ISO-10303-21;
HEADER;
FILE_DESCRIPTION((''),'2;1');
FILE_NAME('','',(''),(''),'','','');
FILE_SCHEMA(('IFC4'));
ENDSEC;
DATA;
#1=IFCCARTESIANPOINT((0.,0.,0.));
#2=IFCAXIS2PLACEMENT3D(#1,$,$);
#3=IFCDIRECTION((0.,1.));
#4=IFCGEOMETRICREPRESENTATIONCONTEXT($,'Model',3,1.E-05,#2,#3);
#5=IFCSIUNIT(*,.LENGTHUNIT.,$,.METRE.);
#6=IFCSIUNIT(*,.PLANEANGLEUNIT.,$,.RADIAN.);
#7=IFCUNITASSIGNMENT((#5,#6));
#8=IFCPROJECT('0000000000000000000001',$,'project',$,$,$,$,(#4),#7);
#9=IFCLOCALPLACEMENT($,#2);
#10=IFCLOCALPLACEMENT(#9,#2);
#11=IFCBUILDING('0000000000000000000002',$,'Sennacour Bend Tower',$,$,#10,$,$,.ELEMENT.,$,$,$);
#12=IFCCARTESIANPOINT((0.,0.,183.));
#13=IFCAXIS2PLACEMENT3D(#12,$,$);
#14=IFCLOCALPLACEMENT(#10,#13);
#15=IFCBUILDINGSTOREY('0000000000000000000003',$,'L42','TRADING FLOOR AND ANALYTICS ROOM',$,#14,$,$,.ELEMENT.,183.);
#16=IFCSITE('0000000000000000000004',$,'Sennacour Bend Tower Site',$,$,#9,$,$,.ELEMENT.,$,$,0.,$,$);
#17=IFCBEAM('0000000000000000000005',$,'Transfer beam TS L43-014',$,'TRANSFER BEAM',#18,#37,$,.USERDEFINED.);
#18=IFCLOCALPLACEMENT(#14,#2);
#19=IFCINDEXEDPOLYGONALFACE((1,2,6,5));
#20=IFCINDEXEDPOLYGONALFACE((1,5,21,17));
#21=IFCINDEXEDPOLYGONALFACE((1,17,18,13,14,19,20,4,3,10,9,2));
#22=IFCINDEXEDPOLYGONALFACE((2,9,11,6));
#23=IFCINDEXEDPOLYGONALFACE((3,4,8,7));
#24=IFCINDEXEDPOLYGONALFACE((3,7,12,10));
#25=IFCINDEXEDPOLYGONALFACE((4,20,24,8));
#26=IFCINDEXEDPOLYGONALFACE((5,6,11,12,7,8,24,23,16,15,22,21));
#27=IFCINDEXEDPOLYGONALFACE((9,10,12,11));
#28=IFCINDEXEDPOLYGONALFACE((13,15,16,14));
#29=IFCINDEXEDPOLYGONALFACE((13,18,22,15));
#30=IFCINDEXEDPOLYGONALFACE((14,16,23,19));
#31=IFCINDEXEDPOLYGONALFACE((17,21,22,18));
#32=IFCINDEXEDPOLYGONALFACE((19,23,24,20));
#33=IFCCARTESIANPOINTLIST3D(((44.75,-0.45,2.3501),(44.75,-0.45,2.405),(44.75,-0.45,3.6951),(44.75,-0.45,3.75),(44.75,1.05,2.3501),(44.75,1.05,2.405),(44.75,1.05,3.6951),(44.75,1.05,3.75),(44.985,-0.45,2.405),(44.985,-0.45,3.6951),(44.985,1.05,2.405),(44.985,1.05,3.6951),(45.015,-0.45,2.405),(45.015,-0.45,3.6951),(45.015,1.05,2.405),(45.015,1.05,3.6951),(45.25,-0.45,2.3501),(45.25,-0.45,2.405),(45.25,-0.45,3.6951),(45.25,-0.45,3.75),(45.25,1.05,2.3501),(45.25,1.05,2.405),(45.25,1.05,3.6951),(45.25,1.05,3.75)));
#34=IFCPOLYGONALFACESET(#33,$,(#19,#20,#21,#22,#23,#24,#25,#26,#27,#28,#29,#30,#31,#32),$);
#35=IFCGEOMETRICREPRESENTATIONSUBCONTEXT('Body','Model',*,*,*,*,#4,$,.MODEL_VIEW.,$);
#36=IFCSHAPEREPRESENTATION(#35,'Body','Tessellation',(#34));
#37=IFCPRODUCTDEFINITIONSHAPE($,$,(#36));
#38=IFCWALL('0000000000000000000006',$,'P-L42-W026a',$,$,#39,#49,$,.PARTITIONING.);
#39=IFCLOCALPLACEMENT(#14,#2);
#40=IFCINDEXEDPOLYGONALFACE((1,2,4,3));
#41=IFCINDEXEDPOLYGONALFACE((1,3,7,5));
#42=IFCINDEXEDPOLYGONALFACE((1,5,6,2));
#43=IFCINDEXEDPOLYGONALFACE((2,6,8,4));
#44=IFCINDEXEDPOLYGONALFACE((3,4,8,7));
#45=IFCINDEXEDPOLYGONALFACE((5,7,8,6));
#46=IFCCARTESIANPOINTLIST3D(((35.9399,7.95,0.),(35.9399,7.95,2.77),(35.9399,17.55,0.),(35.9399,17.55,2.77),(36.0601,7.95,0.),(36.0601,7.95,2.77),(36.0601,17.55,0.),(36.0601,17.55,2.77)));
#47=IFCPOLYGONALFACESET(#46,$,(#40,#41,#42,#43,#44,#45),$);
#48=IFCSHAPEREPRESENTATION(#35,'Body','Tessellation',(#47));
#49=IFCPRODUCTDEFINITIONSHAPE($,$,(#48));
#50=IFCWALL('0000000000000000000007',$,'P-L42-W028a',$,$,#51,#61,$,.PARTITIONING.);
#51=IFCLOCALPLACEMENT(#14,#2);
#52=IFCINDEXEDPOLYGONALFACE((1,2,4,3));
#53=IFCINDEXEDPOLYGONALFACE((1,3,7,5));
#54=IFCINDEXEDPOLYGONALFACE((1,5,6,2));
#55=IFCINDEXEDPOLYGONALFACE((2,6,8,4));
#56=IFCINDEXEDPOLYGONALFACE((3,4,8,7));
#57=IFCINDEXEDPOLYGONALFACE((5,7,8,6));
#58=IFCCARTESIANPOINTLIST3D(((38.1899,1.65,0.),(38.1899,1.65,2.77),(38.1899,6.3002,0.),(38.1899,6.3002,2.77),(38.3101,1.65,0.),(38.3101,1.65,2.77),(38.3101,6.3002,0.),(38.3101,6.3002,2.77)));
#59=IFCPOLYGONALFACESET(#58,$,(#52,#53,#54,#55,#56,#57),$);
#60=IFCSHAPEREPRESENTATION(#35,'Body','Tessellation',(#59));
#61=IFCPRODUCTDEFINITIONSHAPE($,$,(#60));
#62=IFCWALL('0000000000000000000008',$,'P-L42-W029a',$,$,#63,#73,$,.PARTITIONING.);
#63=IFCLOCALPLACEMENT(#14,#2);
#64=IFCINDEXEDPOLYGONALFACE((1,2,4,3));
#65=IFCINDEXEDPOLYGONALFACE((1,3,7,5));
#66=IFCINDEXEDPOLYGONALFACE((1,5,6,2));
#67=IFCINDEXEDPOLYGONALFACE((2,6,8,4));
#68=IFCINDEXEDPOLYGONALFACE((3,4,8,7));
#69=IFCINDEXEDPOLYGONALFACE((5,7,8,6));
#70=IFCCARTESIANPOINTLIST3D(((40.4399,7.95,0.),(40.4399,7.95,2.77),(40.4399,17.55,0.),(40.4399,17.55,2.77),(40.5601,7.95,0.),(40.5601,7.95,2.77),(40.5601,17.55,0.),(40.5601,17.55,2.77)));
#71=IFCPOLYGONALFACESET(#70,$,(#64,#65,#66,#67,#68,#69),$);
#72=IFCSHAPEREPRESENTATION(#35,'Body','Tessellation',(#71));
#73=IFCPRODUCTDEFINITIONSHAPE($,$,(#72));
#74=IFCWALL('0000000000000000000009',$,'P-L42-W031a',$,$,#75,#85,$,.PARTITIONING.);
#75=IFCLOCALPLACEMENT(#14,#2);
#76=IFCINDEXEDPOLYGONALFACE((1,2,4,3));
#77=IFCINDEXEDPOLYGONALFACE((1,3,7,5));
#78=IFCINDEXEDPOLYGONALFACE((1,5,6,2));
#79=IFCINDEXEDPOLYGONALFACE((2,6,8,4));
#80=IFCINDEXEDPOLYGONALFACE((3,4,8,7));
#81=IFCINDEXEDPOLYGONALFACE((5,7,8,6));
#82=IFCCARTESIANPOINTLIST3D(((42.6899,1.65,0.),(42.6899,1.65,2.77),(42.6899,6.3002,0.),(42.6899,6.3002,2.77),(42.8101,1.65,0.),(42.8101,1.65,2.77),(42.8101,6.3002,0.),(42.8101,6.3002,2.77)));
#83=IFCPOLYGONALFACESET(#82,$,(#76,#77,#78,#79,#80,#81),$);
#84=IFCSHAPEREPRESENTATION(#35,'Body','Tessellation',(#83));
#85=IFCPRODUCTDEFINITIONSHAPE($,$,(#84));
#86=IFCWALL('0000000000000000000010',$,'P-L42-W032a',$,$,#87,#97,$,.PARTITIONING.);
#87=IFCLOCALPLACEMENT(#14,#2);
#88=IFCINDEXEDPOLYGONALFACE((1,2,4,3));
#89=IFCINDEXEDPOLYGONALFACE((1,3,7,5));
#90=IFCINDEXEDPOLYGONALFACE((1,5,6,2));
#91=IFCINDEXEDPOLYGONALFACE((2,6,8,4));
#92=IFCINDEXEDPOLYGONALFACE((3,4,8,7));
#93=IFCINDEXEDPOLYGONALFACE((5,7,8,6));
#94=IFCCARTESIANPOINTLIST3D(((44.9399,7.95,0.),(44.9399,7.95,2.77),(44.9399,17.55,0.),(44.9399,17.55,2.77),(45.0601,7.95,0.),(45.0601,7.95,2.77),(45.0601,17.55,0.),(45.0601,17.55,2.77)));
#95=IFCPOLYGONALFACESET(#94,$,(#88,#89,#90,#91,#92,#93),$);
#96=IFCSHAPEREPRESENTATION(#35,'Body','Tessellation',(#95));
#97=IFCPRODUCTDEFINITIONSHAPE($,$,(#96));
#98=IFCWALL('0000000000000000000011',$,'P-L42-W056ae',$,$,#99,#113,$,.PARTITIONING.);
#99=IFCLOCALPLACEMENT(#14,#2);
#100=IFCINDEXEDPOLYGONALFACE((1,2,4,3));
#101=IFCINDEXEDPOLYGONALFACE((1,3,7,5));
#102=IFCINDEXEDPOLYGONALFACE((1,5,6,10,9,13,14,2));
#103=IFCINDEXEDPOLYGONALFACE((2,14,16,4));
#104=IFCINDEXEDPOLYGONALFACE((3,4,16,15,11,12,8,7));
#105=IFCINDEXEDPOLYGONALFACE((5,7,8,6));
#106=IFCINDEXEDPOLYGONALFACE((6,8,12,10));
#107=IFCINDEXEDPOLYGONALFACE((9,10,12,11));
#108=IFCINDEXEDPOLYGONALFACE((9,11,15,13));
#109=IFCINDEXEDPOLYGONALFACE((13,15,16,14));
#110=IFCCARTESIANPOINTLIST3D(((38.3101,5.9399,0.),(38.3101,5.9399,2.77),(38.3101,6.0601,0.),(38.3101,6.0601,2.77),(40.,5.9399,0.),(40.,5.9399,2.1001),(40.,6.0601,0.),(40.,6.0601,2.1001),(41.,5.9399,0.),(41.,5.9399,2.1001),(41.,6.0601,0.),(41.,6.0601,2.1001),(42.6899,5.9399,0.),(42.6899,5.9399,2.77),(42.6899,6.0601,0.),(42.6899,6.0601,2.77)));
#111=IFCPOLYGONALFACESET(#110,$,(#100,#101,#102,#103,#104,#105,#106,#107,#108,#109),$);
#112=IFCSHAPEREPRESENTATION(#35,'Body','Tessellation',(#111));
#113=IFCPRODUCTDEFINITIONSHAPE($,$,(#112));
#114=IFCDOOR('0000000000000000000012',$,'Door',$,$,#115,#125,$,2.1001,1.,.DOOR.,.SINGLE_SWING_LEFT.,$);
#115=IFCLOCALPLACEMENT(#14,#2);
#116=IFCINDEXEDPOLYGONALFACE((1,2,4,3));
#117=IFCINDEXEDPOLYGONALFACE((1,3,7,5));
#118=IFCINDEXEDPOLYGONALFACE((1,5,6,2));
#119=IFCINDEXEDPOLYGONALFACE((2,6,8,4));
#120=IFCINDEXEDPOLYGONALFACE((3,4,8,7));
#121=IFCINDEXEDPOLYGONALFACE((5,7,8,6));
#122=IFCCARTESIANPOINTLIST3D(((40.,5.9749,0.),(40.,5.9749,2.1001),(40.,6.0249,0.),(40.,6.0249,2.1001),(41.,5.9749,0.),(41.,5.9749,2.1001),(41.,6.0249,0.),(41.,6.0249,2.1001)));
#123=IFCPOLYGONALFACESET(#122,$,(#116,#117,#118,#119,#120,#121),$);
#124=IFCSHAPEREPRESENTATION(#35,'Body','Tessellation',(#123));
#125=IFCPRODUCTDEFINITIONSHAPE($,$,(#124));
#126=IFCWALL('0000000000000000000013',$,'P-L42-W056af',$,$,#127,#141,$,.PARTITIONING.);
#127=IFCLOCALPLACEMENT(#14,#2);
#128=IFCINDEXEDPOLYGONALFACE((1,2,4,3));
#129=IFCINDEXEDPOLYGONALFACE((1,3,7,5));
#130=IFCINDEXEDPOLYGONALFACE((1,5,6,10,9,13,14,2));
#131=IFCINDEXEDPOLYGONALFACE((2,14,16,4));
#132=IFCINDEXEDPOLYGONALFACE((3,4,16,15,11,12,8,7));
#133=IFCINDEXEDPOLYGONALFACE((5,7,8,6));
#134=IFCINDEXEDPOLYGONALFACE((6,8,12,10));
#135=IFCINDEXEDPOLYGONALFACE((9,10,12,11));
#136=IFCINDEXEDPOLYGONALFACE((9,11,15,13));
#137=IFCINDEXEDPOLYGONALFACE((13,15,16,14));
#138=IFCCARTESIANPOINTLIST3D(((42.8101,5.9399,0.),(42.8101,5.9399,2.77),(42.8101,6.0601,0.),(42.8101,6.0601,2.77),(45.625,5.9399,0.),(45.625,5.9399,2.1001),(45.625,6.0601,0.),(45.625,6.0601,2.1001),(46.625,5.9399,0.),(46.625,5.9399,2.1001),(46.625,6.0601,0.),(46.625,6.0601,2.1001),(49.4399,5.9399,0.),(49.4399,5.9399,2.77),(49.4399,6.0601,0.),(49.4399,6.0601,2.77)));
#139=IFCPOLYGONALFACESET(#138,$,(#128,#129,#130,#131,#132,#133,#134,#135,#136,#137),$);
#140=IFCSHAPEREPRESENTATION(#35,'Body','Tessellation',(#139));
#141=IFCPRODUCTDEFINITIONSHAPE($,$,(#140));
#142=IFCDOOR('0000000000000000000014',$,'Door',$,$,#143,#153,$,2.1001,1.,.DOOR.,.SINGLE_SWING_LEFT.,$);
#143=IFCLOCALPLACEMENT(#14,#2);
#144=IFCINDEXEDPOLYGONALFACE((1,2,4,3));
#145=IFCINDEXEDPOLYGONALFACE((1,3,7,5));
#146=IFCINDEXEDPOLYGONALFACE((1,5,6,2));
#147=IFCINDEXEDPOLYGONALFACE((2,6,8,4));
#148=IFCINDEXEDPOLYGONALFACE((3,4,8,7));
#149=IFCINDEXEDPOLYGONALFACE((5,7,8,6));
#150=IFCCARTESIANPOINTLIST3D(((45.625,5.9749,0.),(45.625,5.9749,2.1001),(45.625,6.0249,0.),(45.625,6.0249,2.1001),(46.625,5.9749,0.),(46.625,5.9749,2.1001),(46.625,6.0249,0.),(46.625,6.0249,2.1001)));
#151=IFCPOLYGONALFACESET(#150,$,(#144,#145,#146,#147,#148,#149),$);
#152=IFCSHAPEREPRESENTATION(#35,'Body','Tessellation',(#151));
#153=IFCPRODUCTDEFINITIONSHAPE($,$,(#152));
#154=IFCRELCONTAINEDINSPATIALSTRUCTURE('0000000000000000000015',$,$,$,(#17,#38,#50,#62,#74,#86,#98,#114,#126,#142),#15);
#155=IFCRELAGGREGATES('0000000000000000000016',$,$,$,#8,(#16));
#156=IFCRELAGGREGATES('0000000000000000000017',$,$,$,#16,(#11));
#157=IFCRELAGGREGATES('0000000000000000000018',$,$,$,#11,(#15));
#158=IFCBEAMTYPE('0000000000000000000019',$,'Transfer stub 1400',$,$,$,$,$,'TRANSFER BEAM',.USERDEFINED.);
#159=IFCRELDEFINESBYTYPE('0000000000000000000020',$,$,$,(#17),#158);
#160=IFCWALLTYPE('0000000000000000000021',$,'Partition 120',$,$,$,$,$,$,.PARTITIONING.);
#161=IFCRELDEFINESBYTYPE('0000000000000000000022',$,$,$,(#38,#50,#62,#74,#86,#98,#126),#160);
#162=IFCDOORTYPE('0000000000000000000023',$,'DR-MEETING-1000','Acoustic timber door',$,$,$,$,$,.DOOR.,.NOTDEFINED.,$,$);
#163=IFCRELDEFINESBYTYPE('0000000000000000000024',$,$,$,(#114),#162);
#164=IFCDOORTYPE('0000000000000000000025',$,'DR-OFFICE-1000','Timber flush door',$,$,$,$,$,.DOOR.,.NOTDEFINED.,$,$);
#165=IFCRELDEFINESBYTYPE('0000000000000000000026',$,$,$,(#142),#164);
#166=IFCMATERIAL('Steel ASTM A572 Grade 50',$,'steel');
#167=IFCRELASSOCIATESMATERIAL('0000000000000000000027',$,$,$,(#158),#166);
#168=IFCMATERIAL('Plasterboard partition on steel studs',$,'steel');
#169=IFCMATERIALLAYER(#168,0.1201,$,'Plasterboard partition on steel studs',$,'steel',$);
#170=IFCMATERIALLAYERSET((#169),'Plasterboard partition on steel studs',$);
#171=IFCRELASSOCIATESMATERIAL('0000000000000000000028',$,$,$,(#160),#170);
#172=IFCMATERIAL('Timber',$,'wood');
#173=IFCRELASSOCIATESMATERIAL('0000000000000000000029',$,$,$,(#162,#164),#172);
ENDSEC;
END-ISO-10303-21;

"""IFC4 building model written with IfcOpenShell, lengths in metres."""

from ifc_helpers import new_model, si_unit, direction, frame, frame_2d, origin, origin_2d, place, context, subcontext, project, spatial, rectangle, i_section, extrude, material, layer, layer_set, material_profile, profile_set, type_object, element, fill, save


model = new_model("IFC4")

# Units and contexts
model_context = context("Model", 3, precision=1e-05, world=origin(), true_north=direction((0.0, 1.0)))
body_context = subcontext(model_context, "Body", "Model", "MODEL_VIEW")
ifc_project = project(units=[si_unit("LENGTHUNIT", "METRE"), si_unit("PLANEANGLEUNIT", "RADIAN")], contexts=[model_context])

# Site, building, storey
site_placement = place(None, origin())
site = spatial("IfcSite", under=ifc_project, at=site_placement, Name="Sennacour Bend Tower Site", CompositionType="ELEMENT", RefElevation=0.0)
building_placement = place(site_placement, origin())
building = spatial("IfcBuilding", under=site, at=building_placement, Name="Sennacour Bend Tower", CompositionType="ELEMENT")
storey_placement = place(building_placement, frame((0.0, 0.0, 183.0)))
storey = spatial("IfcBuildingStorey", under=building, at=storey_placement, Name="L42", Description="TRADING FLOOR AND ANALYTICS ROOM", CompositionType="ELEMENT", Elevation=183.0)

# Shared definitions
ifc_material_1 = material(Name="Steel ASTM A572 Grade 50", Category="steel")

# Beam
ifc_material_profile_1 = material_profile(ifc_material_1, i_section(OverallWidth=0.5, OverallDepth=1.3999, WebThickness=0.03, FlangeThickness=0.0549, at=origin_2d()), Name="Steel ASTM A572 Grade 50", Category="steel")
ifc_profile_set_1 = profile_set([ifc_material_profile_1], Name="Steel ASTM A572 Grade 50")
beam_type_1 = type_object("IfcBeamType", Name="Transfer stub 1400", ElementType="TRANSFER BEAM", PredefinedType="USERDEFINED", material=ifc_profile_set_1)
for number, where, z_axis, x_axis, name in (
    (1, (45.0, 1.05, 3.05), (0.0, -1.0, 0.0), (1.0, 0.0, 0.0), "Transfer beam TS L43-014"),
):
    element("IfcBeam", number, at=place(storey_placement, frame(where, z_axis=z_axis, x_axis=x_axis)), inside=storey, type_object=beam_type_1, Name=name, ObjectType="TRANSFER BEAM", PredefinedType="USERDEFINED", context=body_context, shape_type="SweptSolid", body=[
        extrude(i_section(OverallWidth=0.5, OverallDepth=1.3999, WebThickness=0.03, FlangeThickness=0.0549, at=origin_2d()), origin(), (0.0, 0.0, 1.0), 1.5),
    ])

# Walls
ifc_material_2 = material(Name="Plasterboard partition on steel studs", Category="steel")
ifc_layer_1 = layer(ifc_material_2, 0.1201, Name="Plasterboard partition on steel studs", Category="steel")
ifc_layer_set_1 = layer_set([ifc_layer_1], Name="Plasterboard partition on steel studs")
wall_type_1 = type_object("IfcWallType", Name="Partition 120", PredefinedType="PARTITIONING", material=ifc_layer_set_1)
wall_1_placement = place(storey_placement, frame((36.0, 7.95, 0.0), z_axis=(0.0, 0.0, 1.0), x_axis=(0.0, 1.0, 0.0)))
element("IfcWall", 2, at=wall_1_placement, inside=storey, type_object=wall_type_1, Name="P-L42-W026a", PredefinedType="PARTITIONING", context=body_context, shape_type="SweptSolid", body=[
    extrude(rectangle(XDim=9.6001, YDim=0.1201, at=frame_2d((4.8, 0.0))), origin(), (0.0, 0.0, 1.0), 2.77),
])
wall_2_placement = place(storey_placement, frame((38.25, 1.6499, 0.0), z_axis=(0.0, 0.0, 1.0), x_axis=(0.0, 1.0, 0.0)))
element("IfcWall", 3, at=wall_2_placement, inside=storey, type_object=wall_type_1, Name="P-L42-W028a", PredefinedType="PARTITIONING", context=body_context, shape_type="SweptSolid", body=[
    extrude(rectangle(XDim=4.6501, YDim=0.1201, at=frame_2d((2.3252, 0.0))), origin(), (0.0, 0.0, 1.0), 2.77),
])
wall_3_placement = place(storey_placement, frame((40.5, 7.95, 0.0), z_axis=(0.0, 0.0, 1.0), x_axis=(0.0, 1.0, 0.0)))
element("IfcWall", 4, at=wall_3_placement, inside=storey, type_object=wall_type_1, Name="P-L42-W029a", PredefinedType="PARTITIONING", context=body_context, shape_type="SweptSolid", body=[
    extrude(rectangle(XDim=9.6001, YDim=0.1201, at=frame_2d((4.8, 0.0))), origin(), (0.0, 0.0, 1.0), 2.77),
])
wall_4_placement = place(storey_placement, frame((42.75, 1.6499, 0.0), z_axis=(0.0, 0.0, 1.0), x_axis=(0.0, 1.0, 0.0)))
element("IfcWall", 5, at=wall_4_placement, inside=storey, type_object=wall_type_1, Name="P-L42-W031a", PredefinedType="PARTITIONING", context=body_context, shape_type="SweptSolid", body=[
    extrude(rectangle(XDim=4.6501, YDim=0.1201, at=frame_2d((2.3252, 0.0))), origin(), (0.0, 0.0, 1.0), 2.77),
])
wall_5_placement = place(storey_placement, frame((45.0, 7.95, 0.0), z_axis=(0.0, 0.0, 1.0), x_axis=(0.0, 1.0, 0.0)))
element("IfcWall", 6, at=wall_5_placement, inside=storey, type_object=wall_type_1, Name="P-L42-W032a", PredefinedType="PARTITIONING", context=body_context, shape_type="SweptSolid", body=[
    extrude(rectangle(XDim=9.6001, YDim=0.1201, at=frame_2d((4.8, 0.0))), origin(), (0.0, 0.0, 1.0), 2.77),
])

# Walls, openings, doors
wall_6_placement = place(storey_placement, frame((38.3101, 6.0, 0.0), z_axis=(0.0, 0.0, 1.0), x_axis=(1.0, 0.0, 0.0)))
wall_6 = element("IfcWall", 7, at=wall_6_placement, inside=storey, type_object=wall_type_1, Name="P-L42-W056ae", PredefinedType="PARTITIONING", context=body_context, shape_type="SweptSolid", body=[
    extrude(rectangle(XDim=4.3799, YDim=0.1201, at=frame_2d((2.1899, 0.0))), origin(), (0.0, 0.0, 1.0), 2.77),
])
opening_1_placement = place(wall_6_placement, frame((1.6899, 0.0, 0.0)))
opening_1 = element("IfcOpeningElement", 8, at=opening_1_placement, cuts=wall_6, PredefinedType="OPENING", context=body_context, shape_type="SweptSolid", body=[
    extrude(rectangle(XDim=1.0, YDim=2.1001, at=frame_2d((0.5, 1.05))), frame((0.0, 0.0701, 0.0), z_axis=(0.0, -1.0, 0.0), x_axis=(1.0, 0.0, 0.0)), (0.0, 0.0, 1.0), 0.1401),
])
ifc_material_3 = material(Name="Timber", Category="wood")
door_type_1 = type_object("IfcDoorType", Name="DR-MEETING-1000", Description="Acoustic timber door", OperationType="NOTDEFINED", PredefinedType="DOOR", material=ifc_material_3)
door_1_placement = place(opening_1_placement, origin())
door_1 = element("IfcDoor", 9, at=door_1_placement, inside=storey, type_object=door_type_1, Name="Door", OperationType="SINGLE_SWING_LEFT", OverallHeight=2.1001, OverallWidth=1.0, PredefinedType="DOOR", context=body_context, shape_type="SweptSolid", body=[
    extrude(rectangle(XDim=1.0, YDim=2.1001, at=frame_2d((0.5, 1.05))), frame((0.0, 0.0249, 0.0), z_axis=(0.0, -1.0, 0.0), x_axis=(1.0, 0.0, 0.0)), (0.0, 0.0, 1.0), 0.05),
])
fill(opening_1, door_1)
wall_7_placement = place(storey_placement, frame((42.8101, 6.0, 0.0), z_axis=(0.0, 0.0, 1.0), x_axis=(1.0, 0.0, 0.0)))
wall_7 = element("IfcWall", 10, at=wall_7_placement, inside=storey, type_object=wall_type_1, Name="P-L42-W056af", PredefinedType="PARTITIONING", context=body_context, shape_type="SweptSolid", body=[
    extrude(rectangle(XDim=6.6299, YDim=0.1201, at=frame_2d((3.3149, 0.0))), origin(), (0.0, 0.0, 1.0), 2.77),
])
opening_2_placement = place(wall_7_placement, frame((2.8149, 0.0, 0.0)))
opening_2 = element("IfcOpeningElement", 11, at=opening_2_placement, cuts=wall_7, PredefinedType="OPENING", context=body_context, shape_type="SweptSolid", body=[
    extrude(rectangle(XDim=1.0, YDim=2.1001, at=frame_2d((0.5, 1.05))), frame((0.0, 0.0701, 0.0), z_axis=(0.0, -1.0, 0.0), x_axis=(1.0, 0.0, 0.0)), (0.0, 0.0, 1.0), 0.1401),
])
door_type_2 = type_object("IfcDoorType", Name="DR-OFFICE-1000", Description="Timber flush door", OperationType="NOTDEFINED", PredefinedType="DOOR", material=ifc_material_3)
door_2_placement = place(opening_2_placement, origin())
door_2 = element("IfcDoor", 12, at=door_2_placement, inside=storey, type_object=door_type_2, Name="Door", OperationType="SINGLE_SWING_LEFT", OverallHeight=2.1001, OverallWidth=1.0, PredefinedType="DOOR", context=body_context, shape_type="SweptSolid", body=[
    extrude(rectangle(XDim=1.0, YDim=2.1001, at=frame_2d((0.5, 1.05))), frame((0.0, 0.0249, 0.0), z_axis=(0.0, -1.0, 0.0), x_axis=(1.0, 0.0, 0.0)), (0.0, 0.0, 1.0), 0.05),
])
fill(opening_2, door_2)

save(model, "model.ifc")
